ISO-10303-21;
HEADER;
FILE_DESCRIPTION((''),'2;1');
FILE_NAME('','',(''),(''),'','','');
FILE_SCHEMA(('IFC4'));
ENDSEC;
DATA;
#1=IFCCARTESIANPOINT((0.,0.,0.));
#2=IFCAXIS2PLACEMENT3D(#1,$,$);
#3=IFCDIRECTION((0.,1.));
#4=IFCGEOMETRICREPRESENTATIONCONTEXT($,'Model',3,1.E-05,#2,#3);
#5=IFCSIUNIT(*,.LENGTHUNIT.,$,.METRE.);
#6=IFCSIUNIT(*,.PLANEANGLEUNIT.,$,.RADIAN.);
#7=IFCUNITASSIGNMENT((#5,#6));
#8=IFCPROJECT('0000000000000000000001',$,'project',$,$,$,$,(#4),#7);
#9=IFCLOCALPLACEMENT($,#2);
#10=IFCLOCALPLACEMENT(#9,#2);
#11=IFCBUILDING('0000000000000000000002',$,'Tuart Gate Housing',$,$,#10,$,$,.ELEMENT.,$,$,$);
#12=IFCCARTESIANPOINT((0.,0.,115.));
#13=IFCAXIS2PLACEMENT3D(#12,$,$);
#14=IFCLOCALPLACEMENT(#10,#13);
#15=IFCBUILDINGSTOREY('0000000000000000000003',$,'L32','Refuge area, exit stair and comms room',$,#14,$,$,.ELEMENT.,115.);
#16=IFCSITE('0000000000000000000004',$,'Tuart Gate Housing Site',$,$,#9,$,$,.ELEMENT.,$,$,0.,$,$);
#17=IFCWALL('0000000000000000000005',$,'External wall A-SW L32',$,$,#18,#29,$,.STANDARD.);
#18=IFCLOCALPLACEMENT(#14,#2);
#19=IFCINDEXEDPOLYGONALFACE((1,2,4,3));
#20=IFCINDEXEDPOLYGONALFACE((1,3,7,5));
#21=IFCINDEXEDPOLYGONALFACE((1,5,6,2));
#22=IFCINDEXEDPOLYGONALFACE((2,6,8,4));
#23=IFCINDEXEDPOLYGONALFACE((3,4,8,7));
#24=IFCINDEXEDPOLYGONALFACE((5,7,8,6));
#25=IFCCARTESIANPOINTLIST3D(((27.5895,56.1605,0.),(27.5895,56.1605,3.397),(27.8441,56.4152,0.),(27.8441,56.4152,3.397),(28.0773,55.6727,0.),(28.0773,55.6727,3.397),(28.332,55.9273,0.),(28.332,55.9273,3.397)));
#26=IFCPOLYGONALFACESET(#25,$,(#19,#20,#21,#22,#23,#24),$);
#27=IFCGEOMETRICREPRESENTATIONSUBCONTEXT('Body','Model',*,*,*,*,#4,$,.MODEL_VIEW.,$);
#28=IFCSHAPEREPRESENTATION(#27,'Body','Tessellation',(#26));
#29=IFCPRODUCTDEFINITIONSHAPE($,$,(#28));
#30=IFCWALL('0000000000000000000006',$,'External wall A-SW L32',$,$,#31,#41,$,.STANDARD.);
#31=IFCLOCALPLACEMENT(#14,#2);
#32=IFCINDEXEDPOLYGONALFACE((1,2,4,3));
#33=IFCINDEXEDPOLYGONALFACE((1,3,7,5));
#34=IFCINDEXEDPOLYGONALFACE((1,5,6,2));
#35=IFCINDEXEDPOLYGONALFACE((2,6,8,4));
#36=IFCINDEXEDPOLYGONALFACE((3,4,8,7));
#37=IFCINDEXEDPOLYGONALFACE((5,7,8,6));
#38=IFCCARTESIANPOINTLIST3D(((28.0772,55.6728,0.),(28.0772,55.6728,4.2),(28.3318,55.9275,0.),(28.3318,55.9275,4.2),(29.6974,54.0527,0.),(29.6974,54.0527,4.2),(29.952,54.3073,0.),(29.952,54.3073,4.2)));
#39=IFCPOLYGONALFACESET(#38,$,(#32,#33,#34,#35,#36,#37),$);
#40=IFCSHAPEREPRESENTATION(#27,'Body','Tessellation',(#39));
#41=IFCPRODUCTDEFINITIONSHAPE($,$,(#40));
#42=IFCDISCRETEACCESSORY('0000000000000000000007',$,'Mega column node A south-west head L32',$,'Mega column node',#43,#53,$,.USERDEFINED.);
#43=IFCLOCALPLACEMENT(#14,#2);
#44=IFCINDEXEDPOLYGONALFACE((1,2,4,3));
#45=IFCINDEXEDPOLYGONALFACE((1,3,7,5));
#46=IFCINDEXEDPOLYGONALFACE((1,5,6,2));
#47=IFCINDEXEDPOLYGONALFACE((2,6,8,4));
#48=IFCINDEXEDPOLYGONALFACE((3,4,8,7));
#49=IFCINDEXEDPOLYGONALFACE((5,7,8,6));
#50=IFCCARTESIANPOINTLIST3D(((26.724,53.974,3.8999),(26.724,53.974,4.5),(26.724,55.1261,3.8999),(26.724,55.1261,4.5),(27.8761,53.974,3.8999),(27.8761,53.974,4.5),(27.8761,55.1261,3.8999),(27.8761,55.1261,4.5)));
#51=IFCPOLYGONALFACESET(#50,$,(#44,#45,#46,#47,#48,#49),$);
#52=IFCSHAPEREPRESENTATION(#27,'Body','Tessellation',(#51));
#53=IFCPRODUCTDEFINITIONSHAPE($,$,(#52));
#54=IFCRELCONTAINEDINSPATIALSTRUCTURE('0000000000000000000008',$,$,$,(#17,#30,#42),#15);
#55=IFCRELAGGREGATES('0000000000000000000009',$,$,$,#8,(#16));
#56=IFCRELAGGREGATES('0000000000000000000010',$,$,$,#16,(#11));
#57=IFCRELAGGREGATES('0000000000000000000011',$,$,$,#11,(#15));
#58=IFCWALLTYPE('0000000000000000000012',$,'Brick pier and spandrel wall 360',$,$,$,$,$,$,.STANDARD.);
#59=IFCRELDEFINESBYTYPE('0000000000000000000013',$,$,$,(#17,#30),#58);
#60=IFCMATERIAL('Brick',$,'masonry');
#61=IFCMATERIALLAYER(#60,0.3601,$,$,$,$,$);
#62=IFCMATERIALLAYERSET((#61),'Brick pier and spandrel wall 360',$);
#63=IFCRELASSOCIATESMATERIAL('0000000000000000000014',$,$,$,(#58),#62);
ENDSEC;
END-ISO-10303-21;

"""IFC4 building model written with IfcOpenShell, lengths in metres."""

from ifc_helpers import new_model, si_unit, direction, frame, frame_2d, origin, origin_2d, place, context, subcontext, project, spatial, rectangle, extrude, material, layer, layer_set, type_object, element, save


model = new_model("IFC4")

# Units and contexts
model_context = context("Model", 3, precision=1e-05, world=origin(), true_north=direction((0.0, 1.0)))
body_context = subcontext(model_context, "Body", "Model", "MODEL_VIEW")
ifc_project = project(units=[si_unit("LENGTHUNIT", "METRE"), si_unit("PLANEANGLEUNIT", "RADIAN")], contexts=[model_context])

# Site, building, storey
site_placement = place(None, origin())
site = spatial("IfcSite", under=ifc_project, at=site_placement, Name="Tuart Gate Housing Site", CompositionType="ELEMENT", RefElevation=0.0)
building_placement = place(site_placement, origin())
building = spatial("IfcBuilding", under=site, at=building_placement, Name="Tuart Gate Housing", CompositionType="ELEMENT")
storey_placement = place(building_placement, frame((0.0, 0.0, 115.0)))
storey = spatial("IfcBuildingStorey", under=building, at=storey_placement, Name="L32", Description="Refuge area, exit stair and comms room", CompositionType="ELEMENT", Elevation=115.0)

# Walls
ifc_material_1 = material(Name="Brick", Category="masonry")
ifc_layer_1 = layer(ifc_material_1, 0.3601)
ifc_layer_set_1 = layer_set([ifc_layer_1], Name="Brick pier and spandrel wall 360")
wall_type_1 = type_object("IfcWallType", Name="Brick pier and spandrel wall 360", PredefinedType="STANDARD", material=ifc_layer_set_1)
wall_1_placement = place(storey_placement, frame((27.7168, 56.2878, 0.0), z_axis=(0.0, 0.0, 1.0), x_axis=(0.707107, -0.707107, 0.0)))
element("IfcWall", 1, at=wall_1_placement, inside=storey, type_object=wall_type_1, Name="External wall A-SW L32", PredefinedType="STANDARD", context=body_context, shape_type="SweptSolid", body=[
    extrude(rectangle(XDim=0.6899, YDim=0.3601, at=frame_2d((0.345, 0.0))), origin(), (0.0, 0.0, 1.0), 3.397),
])
wall_2_placement = place(storey_placement, frame((28.2046, 55.8, 0.0), z_axis=(0.0, 0.0, 1.0), x_axis=(0.707107, -0.707107, 0.0)))
element("IfcWall", 2, at=wall_2_placement, inside=storey, type_object=wall_type_1, Name="External wall A-SW L32", PredefinedType="STANDARD", context=body_context, shape_type="SweptSolid", body=[
    extrude(rectangle(XDim=2.2913, YDim=0.3601, at=frame_2d((1.1455, 0.0))), origin(), (0.0, 0.0, 1.0), 4.2),
])

# Discrete accessory
discrete_accessory_placement = place(storey_placement, frame((27.3, 54.55, 3.8999), z_axis=(0.0, 0.0, 1.0), x_axis=(1.0, 0.0, 0.0)))
element("IfcDiscreteAccessory", 3, at=discrete_accessory_placement, inside=storey, Name="Mega column node A south-west head L32", ObjectType="Mega column node", PredefinedType="USERDEFINED", context=body_context, shape_type="SweptSolid", body=[
    extrude(rectangle(XDim=1.1521, YDim=1.1521, at=origin_2d()), origin(), (0.0, 0.0, 1.0), 0.6001),
])

save(model, "model.ifc")
